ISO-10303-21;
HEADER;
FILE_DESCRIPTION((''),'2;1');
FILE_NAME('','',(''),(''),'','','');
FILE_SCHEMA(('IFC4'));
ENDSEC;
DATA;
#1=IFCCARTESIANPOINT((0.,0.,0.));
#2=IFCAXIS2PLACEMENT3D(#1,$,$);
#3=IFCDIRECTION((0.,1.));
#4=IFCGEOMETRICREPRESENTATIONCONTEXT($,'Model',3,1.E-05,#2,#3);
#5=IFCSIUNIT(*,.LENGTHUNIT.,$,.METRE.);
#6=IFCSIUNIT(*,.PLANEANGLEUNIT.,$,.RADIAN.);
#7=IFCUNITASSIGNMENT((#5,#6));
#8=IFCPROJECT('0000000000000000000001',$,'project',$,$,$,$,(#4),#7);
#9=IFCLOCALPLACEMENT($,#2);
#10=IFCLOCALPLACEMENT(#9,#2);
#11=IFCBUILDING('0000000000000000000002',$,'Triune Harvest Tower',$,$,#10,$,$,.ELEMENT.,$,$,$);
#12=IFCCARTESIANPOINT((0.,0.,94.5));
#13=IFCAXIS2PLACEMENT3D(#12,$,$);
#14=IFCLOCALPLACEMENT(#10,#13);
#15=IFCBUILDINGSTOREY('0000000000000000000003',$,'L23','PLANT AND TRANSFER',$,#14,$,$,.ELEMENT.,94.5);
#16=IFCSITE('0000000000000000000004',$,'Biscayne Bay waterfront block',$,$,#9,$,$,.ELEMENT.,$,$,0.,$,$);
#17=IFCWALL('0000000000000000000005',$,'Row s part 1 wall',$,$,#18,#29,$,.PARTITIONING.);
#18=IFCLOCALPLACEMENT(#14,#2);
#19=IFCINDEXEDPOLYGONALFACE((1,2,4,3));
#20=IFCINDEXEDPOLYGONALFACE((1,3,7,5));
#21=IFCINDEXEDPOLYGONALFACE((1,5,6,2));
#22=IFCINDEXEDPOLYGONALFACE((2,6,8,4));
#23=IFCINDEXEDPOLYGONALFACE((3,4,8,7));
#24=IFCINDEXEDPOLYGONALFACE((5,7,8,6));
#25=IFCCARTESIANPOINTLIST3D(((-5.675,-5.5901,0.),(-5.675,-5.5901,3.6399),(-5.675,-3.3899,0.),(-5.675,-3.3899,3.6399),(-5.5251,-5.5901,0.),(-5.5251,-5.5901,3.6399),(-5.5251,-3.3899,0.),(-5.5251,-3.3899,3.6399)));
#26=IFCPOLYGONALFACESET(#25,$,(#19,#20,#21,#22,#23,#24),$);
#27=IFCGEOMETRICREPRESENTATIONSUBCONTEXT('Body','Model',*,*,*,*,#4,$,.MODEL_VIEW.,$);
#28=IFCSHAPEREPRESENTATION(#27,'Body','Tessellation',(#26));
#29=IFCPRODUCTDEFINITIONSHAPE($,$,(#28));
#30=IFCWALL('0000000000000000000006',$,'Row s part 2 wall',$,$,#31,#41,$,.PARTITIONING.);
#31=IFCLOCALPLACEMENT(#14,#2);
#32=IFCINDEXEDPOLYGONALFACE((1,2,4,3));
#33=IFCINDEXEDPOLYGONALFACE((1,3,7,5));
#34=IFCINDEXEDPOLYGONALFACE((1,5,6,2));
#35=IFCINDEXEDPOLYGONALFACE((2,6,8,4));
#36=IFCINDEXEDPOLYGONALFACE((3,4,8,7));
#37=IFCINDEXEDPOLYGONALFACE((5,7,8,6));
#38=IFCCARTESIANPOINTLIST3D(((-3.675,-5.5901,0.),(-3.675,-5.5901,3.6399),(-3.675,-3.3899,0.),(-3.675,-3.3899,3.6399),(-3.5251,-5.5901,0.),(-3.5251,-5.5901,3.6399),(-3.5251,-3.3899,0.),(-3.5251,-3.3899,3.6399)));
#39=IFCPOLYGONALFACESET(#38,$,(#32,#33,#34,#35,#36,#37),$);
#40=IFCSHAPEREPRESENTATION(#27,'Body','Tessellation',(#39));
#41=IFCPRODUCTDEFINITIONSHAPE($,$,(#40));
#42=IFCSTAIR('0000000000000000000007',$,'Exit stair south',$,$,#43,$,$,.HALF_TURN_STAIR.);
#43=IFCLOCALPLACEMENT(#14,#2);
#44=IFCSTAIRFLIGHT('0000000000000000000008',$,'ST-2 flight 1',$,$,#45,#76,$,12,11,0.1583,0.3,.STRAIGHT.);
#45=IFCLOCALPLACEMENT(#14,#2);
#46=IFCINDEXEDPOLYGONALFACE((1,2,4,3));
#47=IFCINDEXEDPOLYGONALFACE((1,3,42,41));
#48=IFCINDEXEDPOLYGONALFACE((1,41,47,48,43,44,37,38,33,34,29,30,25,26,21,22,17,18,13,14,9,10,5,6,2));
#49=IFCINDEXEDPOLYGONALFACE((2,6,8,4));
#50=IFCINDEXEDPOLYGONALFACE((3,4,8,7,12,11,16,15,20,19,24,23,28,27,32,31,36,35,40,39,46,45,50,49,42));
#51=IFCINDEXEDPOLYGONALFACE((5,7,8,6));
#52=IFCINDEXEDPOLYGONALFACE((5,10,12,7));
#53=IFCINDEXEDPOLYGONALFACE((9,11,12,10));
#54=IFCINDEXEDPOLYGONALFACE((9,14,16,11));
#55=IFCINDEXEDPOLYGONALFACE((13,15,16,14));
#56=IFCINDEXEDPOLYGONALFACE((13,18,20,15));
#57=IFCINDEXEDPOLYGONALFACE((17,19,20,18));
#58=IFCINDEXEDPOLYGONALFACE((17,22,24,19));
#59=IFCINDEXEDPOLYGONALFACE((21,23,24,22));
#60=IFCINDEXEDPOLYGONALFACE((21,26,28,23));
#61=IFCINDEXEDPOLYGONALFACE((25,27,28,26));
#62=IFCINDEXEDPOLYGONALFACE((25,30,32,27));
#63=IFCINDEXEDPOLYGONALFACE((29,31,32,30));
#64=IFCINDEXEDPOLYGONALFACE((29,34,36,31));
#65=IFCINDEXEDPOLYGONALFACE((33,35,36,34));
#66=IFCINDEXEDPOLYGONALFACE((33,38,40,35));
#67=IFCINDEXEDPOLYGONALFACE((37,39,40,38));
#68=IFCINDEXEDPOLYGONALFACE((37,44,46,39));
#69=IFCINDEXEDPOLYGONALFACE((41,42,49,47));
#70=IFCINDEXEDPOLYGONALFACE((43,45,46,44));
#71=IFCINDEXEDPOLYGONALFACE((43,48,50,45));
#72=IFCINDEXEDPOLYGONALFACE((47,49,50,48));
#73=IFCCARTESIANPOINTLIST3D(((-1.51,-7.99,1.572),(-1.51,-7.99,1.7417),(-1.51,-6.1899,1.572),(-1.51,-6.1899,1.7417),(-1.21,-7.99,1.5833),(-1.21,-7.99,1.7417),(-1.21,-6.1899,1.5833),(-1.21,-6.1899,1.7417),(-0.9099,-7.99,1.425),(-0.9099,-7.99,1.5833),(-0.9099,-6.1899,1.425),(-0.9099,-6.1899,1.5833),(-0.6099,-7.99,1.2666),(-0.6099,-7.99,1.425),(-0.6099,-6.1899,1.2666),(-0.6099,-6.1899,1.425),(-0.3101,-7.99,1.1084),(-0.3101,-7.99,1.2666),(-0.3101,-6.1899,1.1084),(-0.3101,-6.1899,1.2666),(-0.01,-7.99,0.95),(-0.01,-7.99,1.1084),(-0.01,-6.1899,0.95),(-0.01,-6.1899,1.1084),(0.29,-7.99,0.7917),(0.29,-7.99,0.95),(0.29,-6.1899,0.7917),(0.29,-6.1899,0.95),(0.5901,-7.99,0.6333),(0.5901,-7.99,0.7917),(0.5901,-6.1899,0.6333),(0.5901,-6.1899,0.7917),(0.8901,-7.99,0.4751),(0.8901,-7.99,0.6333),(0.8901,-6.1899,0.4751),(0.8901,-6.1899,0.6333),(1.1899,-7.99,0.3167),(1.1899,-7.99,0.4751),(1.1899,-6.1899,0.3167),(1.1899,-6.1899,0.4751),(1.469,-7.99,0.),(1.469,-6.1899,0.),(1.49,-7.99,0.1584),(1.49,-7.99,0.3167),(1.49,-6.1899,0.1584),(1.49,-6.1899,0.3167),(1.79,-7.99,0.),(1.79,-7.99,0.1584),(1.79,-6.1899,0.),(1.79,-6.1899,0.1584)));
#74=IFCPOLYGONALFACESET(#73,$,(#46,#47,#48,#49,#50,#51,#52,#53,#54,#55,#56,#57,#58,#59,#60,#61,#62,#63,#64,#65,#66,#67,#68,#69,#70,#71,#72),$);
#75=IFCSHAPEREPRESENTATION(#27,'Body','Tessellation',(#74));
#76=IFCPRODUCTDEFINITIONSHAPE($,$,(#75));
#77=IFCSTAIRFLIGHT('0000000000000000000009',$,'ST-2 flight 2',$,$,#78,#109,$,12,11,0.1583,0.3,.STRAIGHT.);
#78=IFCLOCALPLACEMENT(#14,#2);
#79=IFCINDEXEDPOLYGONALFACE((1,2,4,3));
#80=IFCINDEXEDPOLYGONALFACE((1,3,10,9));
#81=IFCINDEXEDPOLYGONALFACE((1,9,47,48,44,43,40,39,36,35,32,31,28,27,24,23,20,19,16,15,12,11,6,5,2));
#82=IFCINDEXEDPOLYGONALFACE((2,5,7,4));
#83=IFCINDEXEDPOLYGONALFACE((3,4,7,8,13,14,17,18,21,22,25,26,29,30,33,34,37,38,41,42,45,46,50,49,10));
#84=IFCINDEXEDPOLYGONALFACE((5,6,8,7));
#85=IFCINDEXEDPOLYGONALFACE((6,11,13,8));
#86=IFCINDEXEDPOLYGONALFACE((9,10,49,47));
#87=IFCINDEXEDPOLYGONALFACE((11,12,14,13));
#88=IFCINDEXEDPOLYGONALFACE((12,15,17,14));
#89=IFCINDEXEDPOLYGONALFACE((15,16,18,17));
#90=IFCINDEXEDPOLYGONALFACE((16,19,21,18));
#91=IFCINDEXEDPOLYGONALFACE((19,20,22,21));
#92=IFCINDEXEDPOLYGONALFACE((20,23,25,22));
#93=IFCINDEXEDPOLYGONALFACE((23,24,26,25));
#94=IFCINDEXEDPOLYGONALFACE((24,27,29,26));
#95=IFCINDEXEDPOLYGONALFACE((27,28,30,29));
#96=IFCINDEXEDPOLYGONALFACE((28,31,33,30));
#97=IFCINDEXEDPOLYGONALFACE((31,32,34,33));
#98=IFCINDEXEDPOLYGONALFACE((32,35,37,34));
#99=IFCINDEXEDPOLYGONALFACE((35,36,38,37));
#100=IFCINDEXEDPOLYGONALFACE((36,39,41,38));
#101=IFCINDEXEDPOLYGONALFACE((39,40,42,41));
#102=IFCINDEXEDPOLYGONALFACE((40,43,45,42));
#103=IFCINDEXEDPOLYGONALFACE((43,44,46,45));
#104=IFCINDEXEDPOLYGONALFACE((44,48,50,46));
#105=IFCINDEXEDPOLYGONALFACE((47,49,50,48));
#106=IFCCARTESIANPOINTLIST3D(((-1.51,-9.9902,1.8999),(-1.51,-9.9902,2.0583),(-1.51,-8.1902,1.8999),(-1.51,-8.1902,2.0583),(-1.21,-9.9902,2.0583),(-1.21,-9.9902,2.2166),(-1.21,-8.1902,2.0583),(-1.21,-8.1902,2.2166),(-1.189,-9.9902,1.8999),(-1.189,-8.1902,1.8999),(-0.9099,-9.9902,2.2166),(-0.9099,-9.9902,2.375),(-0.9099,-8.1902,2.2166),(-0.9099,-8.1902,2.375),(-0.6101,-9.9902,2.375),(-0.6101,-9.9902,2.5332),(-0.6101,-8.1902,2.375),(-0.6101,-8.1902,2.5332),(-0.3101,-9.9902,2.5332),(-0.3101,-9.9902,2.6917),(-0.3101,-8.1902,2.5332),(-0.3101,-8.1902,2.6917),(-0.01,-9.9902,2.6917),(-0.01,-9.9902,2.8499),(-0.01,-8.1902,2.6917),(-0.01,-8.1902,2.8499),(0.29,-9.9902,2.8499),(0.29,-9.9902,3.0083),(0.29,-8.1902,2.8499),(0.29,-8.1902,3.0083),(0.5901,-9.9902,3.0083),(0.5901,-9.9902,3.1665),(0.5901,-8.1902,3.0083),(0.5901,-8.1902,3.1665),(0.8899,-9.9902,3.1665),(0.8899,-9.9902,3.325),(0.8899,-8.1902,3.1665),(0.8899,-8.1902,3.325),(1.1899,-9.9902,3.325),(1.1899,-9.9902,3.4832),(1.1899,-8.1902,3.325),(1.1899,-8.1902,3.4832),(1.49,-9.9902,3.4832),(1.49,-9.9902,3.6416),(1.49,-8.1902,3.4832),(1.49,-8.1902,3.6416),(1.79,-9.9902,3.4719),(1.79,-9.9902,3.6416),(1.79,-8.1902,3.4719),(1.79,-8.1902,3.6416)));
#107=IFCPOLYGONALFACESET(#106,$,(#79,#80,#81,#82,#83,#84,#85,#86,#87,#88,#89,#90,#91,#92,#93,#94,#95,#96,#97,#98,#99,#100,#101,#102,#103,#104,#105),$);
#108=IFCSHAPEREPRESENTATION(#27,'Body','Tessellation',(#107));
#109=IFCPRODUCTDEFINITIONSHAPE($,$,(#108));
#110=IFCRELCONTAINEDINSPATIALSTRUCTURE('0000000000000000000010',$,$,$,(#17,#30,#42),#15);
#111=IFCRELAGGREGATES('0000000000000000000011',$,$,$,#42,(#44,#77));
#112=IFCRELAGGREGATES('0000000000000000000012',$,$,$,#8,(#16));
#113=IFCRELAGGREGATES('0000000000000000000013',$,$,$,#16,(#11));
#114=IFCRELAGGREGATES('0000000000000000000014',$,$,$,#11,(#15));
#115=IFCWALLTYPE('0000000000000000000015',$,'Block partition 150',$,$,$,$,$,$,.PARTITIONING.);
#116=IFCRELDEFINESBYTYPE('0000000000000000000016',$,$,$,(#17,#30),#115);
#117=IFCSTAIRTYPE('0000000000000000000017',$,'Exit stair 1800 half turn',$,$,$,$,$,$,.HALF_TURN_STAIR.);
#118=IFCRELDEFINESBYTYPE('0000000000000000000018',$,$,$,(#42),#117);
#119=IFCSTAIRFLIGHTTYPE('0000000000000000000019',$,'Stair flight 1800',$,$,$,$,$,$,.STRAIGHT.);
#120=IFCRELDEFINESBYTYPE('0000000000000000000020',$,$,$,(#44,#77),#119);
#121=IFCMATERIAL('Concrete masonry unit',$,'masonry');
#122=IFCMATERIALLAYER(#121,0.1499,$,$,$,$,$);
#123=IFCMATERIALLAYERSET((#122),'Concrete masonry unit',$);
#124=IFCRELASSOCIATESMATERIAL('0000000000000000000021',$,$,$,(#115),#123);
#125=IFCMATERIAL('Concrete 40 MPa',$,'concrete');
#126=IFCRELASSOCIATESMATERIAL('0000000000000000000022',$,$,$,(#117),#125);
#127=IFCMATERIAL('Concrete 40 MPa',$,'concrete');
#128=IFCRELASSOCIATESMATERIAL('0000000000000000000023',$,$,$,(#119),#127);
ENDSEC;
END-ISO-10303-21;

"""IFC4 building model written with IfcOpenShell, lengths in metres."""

from ifc_helpers import new_model, si_unit, direction, frame, frame_2d, origin, place, context, subcontext, project, spatial, polyline, rectangle, outline, extrude, source, transform, mapped, material, layer, layer_set, type_object, element, aggregate, save


model = new_model("IFC4")

# Units and contexts
model_context = context("Model", 3, precision=1e-05, world=origin(), true_north=direction((0.0, 1.0)))
body_context = subcontext(model_context, "Body", "Model", "MODEL_VIEW")
ifc_project = project(units=[si_unit("LENGTHUNIT", "METRE"), si_unit("PLANEANGLEUNIT", "RADIAN")], contexts=[model_context])

# Site, building, storey
site_placement = place(None, origin())
site = spatial("IfcSite", under=ifc_project, at=site_placement, Name="Biscayne Bay waterfront block", CompositionType="ELEMENT", RefElevation=0.0)
building_placement = place(site_placement, origin())
building = spatial("IfcBuilding", under=site, at=building_placement, Name="Triune Harvest Tower", CompositionType="ELEMENT")
storey_placement = place(building_placement, frame((0.0, 0.0, 94.5)))
storey = spatial("IfcBuildingStorey", under=building, at=storey_placement, Name="L23", Description="PLANT AND TRANSFER", CompositionType="ELEMENT", Elevation=94.5)

# Shared definitions
ifc_material_1 = material(Name="Concrete masonry unit", Category="masonry")
ifc_layer_1 = layer(ifc_material_1, 0.1499)
ifc_layer_set_1 = layer_set([ifc_layer_1], Name="Concrete masonry unit")
wall_type_1 = type_object("IfcWallType", Name="Block partition 150", PredefinedType="PARTITIONING", material=ifc_layer_set_1)

# Walls
shared_shape_1 = source(origin(), body_context, "Body", "SweptSolid", [
    extrude(rectangle(XDim=2.2002, YDim=0.1499, at=frame_2d((1.1001, 0.0))), origin(), (0.0, 0.0, 1.0), 3.6399),
])
for number, where, z_axis, x_axis, name in (
    (1, (-5.6001, -5.5901, 0.0), (0.0, 0.0, 1.0), (0.0, 1.0, 0.0), "Row s part 1 wall"),
    (2, (-3.6001, -5.5901, 0.0), (0.0, 0.0, 1.0), (0.0, 1.0, 0.0), "Row s part 2 wall"),
):
    element("IfcWall", number, at=place(storey_placement, frame(where, z_axis=z_axis, x_axis=x_axis)), inside=storey, type_object=wall_type_1, Name=name, PredefinedType="PARTITIONING", context=body_context, shape_type="MappedRepresentation", body=[
        mapped(shared_shape_1, transform((0.0, 0.0, 0.0), scale=1.0)),
    ])

# Stair, stair flights
ifc_material_2 = material(Name="Concrete 40 MPa", Category="concrete")
stair_type = type_object("IfcStairType", Name="Exit stair 1800 half turn", PredefinedType="HALF_TURN_STAIR", material=ifc_material_2)
stair_placement = place(storey_placement, origin())
stair = element("IfcStair", 3, at=stair_placement, inside=storey, type_object=stair_type, Name="Exit stair south", PredefinedType="HALF_TURN_STAIR")
ifc_material_3 = material(Name="Concrete 40 MPa", Category="concrete")
stair_flight_type = type_object("IfcStairFlightType", Name="Stair flight 1800", PredefinedType="STRAIGHT", material=ifc_material_3)
shared_shape_2 = source(origin(), body_context, "Body", "SweptSolid", [
    extrude(outline(polyline([(0.0, 0.0), (0.0, 0.1584), (0.3, 0.1584), (0.3, 0.3167), (0.6001, 0.3167), (0.6001, 0.4751), (0.8999, 0.4751), (0.8999, 0.6333), (1.2, 0.6333), (1.2, 0.7917), (1.5, 0.7917), (1.5, 0.95), (1.8, 0.95), (1.8, 1.1084), (2.1001, 1.1084), (2.1001, 1.2666), (2.3999, 1.2666), (2.3999, 1.425), (2.7, 1.425), (2.7, 1.5833), (3.0, 1.5833), (3.0, 1.7417), (3.3, 1.7417), (3.3, 1.8999), (3.3, 1.572), (0.321, 0.0), (0.0, 0.0)])), frame((0.0, 0.8999, 0.0), z_axis=(0.0, -1.0, 0.0), x_axis=(1.0, 0.0, 0.0)), (0.0, 0.0, 1.0), 1.8),
])
stair_flight_1_placement = place(storey_placement, frame((1.79, -7.0901, 0.0), z_axis=(0.0, 0.0, 1.0), x_axis=(-1.0, 0.0, 0.0)))
stair_flight_1 = element("IfcStairFlight", 4, at=stair_flight_1_placement, type_object=stair_flight_type, Name="ST-2 flight 1", NumberOfRisers=12, NumberOfTreads=11, PredefinedType="STRAIGHT", RiserHeight=0.1583, TreadLength=0.3, context=body_context, shape_type="MappedRepresentation", body=[
    mapped(shared_shape_2, transform((0.0, 0.0, 0.0), scale=1.0)),
])
stair_flight_2_placement = place(storey_placement, frame((-1.51, -9.0901, 1.8999), z_axis=(0.0, 0.0, 1.0), x_axis=(1.0, 0.0, 0.0)))
stair_flight_2 = element("IfcStairFlight", 5, at=stair_flight_2_placement, type_object=stair_flight_type, Name="ST-2 flight 2", NumberOfRisers=12, NumberOfTreads=11, PredefinedType="STRAIGHT", RiserHeight=0.1583, TreadLength=0.3, context=body_context, shape_type="MappedRepresentation", body=[
    mapped(shared_shape_2, transform((0.0, 0.0, 0.0), scale=1.0)),
])
aggregate(stair, [stair_flight_1, stair_flight_2])

save(model, "model.ifc")
